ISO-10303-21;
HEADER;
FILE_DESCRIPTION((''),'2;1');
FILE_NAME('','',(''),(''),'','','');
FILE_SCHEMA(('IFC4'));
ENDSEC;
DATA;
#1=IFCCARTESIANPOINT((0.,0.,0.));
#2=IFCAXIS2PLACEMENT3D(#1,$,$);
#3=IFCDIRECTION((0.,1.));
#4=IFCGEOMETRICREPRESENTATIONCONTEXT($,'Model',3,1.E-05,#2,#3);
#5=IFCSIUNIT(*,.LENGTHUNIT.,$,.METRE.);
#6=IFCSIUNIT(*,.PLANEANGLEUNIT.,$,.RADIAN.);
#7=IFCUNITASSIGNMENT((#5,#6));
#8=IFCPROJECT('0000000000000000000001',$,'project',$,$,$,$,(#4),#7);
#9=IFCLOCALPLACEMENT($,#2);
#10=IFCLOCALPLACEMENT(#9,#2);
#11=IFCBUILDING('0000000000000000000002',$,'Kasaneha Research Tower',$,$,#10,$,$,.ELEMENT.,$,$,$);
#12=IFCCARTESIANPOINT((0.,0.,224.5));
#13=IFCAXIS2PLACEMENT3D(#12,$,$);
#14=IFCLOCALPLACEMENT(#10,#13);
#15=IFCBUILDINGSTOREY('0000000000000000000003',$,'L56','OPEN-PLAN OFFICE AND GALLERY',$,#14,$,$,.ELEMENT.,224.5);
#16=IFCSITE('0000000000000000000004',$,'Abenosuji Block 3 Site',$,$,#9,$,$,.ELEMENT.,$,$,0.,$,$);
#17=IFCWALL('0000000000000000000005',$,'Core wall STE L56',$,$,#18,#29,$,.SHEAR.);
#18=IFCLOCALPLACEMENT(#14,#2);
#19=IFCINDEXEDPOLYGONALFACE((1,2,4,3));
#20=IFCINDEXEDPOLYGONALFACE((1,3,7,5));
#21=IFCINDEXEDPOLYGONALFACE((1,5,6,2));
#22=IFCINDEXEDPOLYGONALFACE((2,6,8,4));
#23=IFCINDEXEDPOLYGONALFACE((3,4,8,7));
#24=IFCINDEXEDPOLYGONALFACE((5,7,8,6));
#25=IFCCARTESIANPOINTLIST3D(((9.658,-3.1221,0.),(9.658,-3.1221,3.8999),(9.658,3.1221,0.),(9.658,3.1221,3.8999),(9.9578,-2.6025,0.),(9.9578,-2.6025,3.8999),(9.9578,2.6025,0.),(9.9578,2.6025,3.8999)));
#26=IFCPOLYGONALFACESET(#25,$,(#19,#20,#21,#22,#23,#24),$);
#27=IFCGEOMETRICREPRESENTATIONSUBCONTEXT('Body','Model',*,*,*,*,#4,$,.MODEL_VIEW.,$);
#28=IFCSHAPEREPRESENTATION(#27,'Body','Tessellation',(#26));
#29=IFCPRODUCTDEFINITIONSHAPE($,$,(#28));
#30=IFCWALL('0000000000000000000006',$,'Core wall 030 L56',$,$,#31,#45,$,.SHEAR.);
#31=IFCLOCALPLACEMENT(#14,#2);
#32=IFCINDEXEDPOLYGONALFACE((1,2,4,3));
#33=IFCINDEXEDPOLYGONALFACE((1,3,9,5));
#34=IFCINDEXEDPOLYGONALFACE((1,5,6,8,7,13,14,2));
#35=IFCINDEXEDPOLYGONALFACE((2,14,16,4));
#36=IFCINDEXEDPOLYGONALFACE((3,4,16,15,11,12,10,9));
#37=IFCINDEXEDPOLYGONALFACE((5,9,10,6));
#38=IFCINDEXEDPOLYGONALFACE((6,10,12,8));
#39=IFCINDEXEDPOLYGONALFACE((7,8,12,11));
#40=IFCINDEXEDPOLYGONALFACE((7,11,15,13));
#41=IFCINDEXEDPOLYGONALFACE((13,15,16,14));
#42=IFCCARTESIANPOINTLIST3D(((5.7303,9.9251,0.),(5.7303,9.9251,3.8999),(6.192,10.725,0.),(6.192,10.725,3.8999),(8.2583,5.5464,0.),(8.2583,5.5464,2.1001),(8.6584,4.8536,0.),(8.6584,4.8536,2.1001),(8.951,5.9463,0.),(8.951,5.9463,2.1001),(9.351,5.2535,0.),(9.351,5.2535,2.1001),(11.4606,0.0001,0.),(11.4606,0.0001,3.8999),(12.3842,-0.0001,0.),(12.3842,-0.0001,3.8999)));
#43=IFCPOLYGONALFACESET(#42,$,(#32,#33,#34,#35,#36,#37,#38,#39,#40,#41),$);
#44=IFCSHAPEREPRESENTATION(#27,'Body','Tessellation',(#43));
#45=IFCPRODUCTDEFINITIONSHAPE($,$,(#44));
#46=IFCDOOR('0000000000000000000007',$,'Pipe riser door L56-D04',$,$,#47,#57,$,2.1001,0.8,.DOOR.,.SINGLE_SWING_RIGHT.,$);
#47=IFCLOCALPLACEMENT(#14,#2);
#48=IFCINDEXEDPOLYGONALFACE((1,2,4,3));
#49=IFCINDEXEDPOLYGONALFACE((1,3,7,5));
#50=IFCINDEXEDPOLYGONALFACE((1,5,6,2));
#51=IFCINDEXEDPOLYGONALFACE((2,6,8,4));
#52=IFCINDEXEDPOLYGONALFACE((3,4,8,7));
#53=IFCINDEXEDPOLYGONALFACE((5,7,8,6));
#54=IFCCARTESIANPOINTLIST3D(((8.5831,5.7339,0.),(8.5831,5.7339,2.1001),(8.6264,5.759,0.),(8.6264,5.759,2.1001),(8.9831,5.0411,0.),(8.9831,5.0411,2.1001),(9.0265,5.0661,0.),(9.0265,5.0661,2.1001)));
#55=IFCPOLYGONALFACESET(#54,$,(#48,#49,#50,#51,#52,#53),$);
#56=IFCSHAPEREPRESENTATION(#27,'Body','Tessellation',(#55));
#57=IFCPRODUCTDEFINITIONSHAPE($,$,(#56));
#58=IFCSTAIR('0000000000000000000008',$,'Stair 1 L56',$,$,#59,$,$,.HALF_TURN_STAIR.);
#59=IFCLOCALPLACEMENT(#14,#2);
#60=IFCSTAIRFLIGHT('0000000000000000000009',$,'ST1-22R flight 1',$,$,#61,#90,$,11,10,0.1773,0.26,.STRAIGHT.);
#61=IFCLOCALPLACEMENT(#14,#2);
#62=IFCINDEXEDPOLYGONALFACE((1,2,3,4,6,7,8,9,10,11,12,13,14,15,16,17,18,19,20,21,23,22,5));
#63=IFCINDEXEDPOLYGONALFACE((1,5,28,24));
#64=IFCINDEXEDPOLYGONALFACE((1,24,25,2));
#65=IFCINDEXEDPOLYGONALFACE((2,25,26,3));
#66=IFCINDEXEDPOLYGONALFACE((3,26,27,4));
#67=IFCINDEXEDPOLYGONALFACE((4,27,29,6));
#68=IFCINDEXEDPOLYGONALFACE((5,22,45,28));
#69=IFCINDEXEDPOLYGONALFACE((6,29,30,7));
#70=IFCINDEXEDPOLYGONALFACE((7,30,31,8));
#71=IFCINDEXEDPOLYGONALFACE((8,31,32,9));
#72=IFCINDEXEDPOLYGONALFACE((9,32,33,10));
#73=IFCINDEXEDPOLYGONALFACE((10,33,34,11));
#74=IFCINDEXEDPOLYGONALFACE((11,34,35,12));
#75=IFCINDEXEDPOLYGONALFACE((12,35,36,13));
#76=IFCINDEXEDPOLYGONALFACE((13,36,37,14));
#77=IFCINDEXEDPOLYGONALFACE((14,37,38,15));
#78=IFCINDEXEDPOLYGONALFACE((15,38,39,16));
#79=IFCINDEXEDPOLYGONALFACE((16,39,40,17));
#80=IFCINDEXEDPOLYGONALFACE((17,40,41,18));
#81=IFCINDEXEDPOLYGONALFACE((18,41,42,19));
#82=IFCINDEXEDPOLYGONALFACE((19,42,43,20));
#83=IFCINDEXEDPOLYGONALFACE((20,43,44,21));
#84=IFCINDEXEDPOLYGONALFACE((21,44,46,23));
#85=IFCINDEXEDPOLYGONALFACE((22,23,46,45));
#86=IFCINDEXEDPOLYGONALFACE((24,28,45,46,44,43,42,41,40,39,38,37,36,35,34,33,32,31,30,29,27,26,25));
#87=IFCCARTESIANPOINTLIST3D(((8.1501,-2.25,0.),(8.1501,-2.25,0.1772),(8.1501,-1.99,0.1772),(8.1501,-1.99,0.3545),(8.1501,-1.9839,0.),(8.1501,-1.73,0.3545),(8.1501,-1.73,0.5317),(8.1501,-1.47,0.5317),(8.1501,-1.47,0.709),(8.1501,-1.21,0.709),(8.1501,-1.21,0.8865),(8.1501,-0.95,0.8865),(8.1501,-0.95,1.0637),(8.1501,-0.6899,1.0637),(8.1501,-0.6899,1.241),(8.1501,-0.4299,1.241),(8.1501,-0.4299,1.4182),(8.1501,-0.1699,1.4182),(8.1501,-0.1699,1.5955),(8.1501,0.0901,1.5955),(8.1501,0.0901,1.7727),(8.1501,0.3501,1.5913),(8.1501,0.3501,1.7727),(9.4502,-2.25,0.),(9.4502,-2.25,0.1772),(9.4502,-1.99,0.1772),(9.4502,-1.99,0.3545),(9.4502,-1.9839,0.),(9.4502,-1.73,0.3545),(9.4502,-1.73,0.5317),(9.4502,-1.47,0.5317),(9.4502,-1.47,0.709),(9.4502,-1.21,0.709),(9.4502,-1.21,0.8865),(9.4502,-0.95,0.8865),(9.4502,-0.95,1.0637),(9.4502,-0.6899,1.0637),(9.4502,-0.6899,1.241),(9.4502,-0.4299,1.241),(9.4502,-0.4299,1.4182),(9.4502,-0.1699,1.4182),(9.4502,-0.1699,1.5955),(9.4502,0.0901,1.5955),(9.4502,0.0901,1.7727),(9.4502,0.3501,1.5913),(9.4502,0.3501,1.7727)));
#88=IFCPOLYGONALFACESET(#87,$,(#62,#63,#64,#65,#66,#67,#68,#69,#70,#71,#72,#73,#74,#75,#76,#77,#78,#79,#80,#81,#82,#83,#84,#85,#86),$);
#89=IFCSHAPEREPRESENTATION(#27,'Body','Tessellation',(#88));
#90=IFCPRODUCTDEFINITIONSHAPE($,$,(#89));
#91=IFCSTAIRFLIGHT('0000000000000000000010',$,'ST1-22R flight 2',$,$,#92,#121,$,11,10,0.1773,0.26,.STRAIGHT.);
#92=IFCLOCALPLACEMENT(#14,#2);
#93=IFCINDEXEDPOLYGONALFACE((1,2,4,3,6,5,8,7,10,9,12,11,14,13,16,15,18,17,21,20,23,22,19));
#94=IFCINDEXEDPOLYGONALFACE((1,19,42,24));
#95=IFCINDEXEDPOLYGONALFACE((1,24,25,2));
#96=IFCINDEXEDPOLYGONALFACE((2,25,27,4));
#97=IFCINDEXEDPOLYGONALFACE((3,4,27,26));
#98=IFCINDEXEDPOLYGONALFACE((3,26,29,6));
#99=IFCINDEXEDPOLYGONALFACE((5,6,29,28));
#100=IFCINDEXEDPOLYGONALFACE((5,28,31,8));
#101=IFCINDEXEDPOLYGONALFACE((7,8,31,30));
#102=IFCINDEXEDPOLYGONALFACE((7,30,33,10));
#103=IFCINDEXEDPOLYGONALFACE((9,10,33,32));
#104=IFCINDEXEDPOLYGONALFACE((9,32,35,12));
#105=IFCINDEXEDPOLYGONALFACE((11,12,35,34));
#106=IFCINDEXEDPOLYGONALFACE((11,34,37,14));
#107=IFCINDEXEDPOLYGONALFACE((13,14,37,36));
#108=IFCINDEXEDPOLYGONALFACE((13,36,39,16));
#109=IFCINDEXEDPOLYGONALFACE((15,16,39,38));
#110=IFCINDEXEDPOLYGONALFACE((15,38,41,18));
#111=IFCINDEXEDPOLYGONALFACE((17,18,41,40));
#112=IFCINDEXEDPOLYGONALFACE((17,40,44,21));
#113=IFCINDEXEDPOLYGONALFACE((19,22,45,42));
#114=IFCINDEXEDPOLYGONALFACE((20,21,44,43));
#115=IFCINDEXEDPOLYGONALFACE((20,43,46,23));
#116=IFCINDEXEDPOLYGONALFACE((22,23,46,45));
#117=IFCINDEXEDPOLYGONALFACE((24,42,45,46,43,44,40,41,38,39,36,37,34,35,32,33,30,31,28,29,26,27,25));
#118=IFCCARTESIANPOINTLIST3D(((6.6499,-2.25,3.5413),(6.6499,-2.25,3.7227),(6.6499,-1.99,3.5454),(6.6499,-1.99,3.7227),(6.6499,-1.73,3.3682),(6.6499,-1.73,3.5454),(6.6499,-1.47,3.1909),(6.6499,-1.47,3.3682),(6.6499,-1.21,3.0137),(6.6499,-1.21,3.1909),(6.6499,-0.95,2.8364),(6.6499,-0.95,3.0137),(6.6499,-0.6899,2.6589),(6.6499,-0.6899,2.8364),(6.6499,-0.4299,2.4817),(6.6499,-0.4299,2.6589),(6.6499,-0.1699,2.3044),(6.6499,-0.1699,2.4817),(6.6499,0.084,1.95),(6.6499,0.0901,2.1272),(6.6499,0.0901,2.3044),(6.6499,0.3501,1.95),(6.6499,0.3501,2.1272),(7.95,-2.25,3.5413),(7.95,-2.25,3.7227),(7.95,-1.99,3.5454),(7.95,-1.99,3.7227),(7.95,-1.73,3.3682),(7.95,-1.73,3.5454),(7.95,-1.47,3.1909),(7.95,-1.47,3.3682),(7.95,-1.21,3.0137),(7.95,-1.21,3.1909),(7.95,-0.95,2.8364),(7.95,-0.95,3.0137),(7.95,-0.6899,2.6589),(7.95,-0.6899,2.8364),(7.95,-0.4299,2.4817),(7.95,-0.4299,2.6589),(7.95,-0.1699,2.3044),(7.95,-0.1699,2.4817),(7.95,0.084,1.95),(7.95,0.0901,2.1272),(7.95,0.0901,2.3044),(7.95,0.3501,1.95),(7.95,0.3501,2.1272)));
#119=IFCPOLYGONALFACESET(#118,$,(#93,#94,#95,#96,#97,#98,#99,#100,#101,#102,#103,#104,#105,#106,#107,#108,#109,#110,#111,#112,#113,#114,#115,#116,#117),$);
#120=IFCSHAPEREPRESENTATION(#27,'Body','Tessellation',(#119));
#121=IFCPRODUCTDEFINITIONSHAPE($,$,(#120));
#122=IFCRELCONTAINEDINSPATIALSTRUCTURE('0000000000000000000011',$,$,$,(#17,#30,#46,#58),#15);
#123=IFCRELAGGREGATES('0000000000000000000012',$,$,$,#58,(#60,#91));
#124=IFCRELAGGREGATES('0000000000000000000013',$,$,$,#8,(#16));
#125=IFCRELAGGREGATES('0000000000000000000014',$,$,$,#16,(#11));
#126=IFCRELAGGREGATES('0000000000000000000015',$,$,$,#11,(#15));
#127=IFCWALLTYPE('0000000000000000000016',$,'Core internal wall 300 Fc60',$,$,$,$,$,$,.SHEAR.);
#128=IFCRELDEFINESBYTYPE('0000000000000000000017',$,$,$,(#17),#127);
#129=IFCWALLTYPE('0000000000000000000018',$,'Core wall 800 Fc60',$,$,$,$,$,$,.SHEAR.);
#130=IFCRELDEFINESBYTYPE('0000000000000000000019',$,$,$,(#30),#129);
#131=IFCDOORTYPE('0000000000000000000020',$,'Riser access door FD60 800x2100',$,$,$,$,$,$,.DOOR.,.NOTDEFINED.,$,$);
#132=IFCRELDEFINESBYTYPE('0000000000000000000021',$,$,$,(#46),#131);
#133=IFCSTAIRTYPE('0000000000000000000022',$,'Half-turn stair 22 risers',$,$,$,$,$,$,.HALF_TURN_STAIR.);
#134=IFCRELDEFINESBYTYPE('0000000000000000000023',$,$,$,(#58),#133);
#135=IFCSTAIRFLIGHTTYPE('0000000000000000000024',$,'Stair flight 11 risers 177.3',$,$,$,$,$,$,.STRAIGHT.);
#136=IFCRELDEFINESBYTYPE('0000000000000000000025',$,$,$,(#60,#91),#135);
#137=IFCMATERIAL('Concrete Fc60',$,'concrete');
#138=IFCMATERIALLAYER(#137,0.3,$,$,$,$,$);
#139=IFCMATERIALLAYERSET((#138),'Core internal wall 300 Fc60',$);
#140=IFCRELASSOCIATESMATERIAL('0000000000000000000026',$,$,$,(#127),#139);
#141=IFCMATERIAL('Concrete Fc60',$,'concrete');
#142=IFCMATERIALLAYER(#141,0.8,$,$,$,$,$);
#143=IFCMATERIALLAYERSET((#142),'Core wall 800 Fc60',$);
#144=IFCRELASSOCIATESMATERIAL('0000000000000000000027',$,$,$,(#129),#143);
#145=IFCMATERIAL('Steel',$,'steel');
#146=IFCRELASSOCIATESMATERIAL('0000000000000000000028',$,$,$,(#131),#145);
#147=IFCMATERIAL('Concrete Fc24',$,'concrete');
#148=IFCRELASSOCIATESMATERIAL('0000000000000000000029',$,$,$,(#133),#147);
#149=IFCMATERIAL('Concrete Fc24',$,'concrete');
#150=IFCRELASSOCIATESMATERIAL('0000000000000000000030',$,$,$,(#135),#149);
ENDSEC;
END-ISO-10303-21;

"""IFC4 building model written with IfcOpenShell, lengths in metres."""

from ifc_helpers import new_model, si_unit, direction, frame, frame_2d, origin, place, context, subcontext, project, spatial, polyline, rectangle, outline, extrude, material, layer, layer_set, type_object, element, fill, aggregate, save


model = new_model("IFC4")

# Units and contexts
model_context = context("Model", 3, precision=1e-05, world=origin(), true_north=direction((0.0, 1.0)))
body_context = subcontext(model_context, "Body", "Model", "MODEL_VIEW")
ifc_project = project(units=[si_unit("LENGTHUNIT", "METRE"), si_unit("PLANEANGLEUNIT", "RADIAN")], contexts=[model_context])

# Site, building, storey
site_placement = place(None, origin())
site = spatial("IfcSite", under=ifc_project, at=site_placement, Name="Abenosuji Block 3 Site", CompositionType="ELEMENT", RefElevation=0.0)
building_placement = place(site_placement, origin())
building = spatial("IfcBuilding", under=site, at=building_placement, Name="Kasaneha Research Tower", CompositionType="ELEMENT")
storey_placement = place(building_placement, frame((0.0, 0.0, 224.5)))
storey = spatial("IfcBuildingStorey", under=building, at=storey_placement, Name="L56", Description="OPEN-PLAN OFFICE AND GALLERY", CompositionType="ELEMENT", Elevation=224.5)

# Shared definitions
ifc_material_1 = material(Name="Concrete Fc60", Category="concrete")
ifc_layer_1 = layer(ifc_material_1, 0.3)
ifc_layer_set_1 = layer_set([ifc_layer_1], Name="Core internal wall 300 Fc60")
wall_type_1 = type_object("IfcWallType", Name="Core internal wall 300 Fc60", PredefinedType="SHEAR", material=ifc_layer_set_1)

# Wall
wall_1_placement = place(storey_placement, frame((9.8079, -2.8623, 0.0), z_axis=(0.0, 0.0, 1.0), x_axis=(0.0, 1.0, 0.0)))
element("IfcWall", 1, at=wall_1_placement, inside=storey, type_object=wall_type_1, Name="Core wall STE L56", PredefinedType="SHEAR", context=body_context, shape_type="SweptSolid", body=[
    extrude(outline(polyline([(0.2598, -0.1499), (5.4648, -0.1499), (5.9844, 0.1499), (-0.2598, 0.1499), (0.2598, -0.1499)])), origin(), (0.0, 0.0, 1.0), 3.8999),
])

# Wall, opening, door
ifc_material_2 = material(Name="Concrete Fc60", Category="concrete")
ifc_layer_2 = layer(ifc_material_2, 0.8)
ifc_layer_set_2 = layer_set([ifc_layer_2], Name="Core wall 800 Fc60")
wall_type_2 = type_object("IfcWallType", Name="Core wall 800 Fc60", PredefinedType="SHEAR", material=ifc_layer_set_2)
wall_2_placement = place(storey_placement, frame((11.9224, 0.0, 0.0), z_axis=(0.0, 0.0, 1.0), x_axis=(-0.500004, 0.866023, 0.0)))
wall_2 = element("IfcWall", 2, at=wall_2_placement, inside=storey, type_object=wall_type_2, Name="Core wall 030 L56", PredefinedType="SHEAR", context=body_context, shape_type="SweptSolid", body=[
    extrude(outline(polyline([(-0.231, -0.3999), (5.8354, -0.3999), (6.6355, -0.3999), (12.1533, -0.3999), (11.6914, 0.3999), (6.6355, 0.3999), (5.8354, 0.3999), (0.231, 0.3999), (-0.231, -0.3999)])), origin(), (0.0, 0.0, 1.0), 3.8999),
])
opening_1_placement = place(wall_2_placement, frame((5.8354, 0.0, 0.0)))
opening_1 = element("IfcOpeningElement", 3, at=opening_1_placement, cuts=wall_2, PredefinedType="OPENING", context=body_context, shape_type="SweptSolid", body=[
    extrude(rectangle(XDim=0.8, YDim=2.1001, at=frame_2d((0.3999, 1.05))), frame((0.0, 0.4102, 0.0), z_axis=(0.0, -1.0, 0.0), x_axis=(1.0, 0.0, 0.0)), (0.0, 0.0, 1.0), 0.8201),
])
ifc_material_3 = material(Name="Steel", Category="steel")
door_type_1 = type_object("IfcDoorType", Name="Riser access door FD60 800x2100", OperationType="NOTDEFINED", PredefinedType="DOOR", material=ifc_material_3)
door_1_placement = place(opening_1_placement, origin())
door_1 = element("IfcDoor", 4, at=door_1_placement, inside=storey, type_object=door_type_1, Name="Pipe riser door L56-D04", OperationType="SINGLE_SWING_RIGHT", OverallHeight=2.1001, OverallWidth=0.8, PredefinedType="DOOR", context=body_context, shape_type="SweptSolid", body=[
    extrude(rectangle(XDim=0.8, YDim=2.1001, at=frame_2d((0.3999, 1.05))), frame((0.0, 0.0249, 0.0), z_axis=(0.0, -1.0, 0.0), x_axis=(1.0, 0.0, 0.0)), (0.0, 0.0, 1.0), 0.05),
])
fill(opening_1, door_1)

# Stair, stair flights
ifc_material_4 = material(Name="Concrete Fc24", Category="concrete")
stair_type = type_object("IfcStairType", Name="Half-turn stair 22 risers", PredefinedType="HALF_TURN_STAIR", material=ifc_material_4)
stair_placement = place(storey_placement, origin())
stair = element("IfcStair", 5, at=stair_placement, inside=storey, type_object=stair_type, Name="Stair 1 L56", PredefinedType="HALF_TURN_STAIR")
ifc_material_5 = material(Name="Concrete Fc24", Category="concrete")
stair_flight_type = type_object("IfcStairFlightType", Name="Stair flight 11 risers 177.3", PredefinedType="STRAIGHT", material=ifc_material_5)
stair_flight_1_placement = place(storey_placement, frame((8.8, -2.25, 0.0), z_axis=(0.0, 0.0, 1.0), x_axis=(0.0, 1.0, 0.0)))
stair_flight_1 = element("IfcStairFlight", 6, at=stair_flight_1_placement, type_object=stair_flight_type, Name="ST1-22R flight 1", NumberOfRisers=11, NumberOfTreads=10, PredefinedType="STRAIGHT", RiserHeight=0.1773, TreadLength=0.26, context=body_context, shape_type="SweptSolid", body=[
    extrude(outline(polyline([(0.0, 0.0), (0.0, 0.1772), (0.26, 0.1772), (0.26, 0.3545), (0.52, 0.3545), (0.52, 0.5317), (0.78, 0.5317), (0.78, 0.709), (1.04, 0.709), (1.04, 0.8865), (1.3, 0.8865), (1.3, 1.0637), (1.5601, 1.0637), (1.5601, 1.241), (1.8201, 1.241), (1.8201, 1.4182), (2.0801, 1.4182), (2.0801, 1.5955), (2.3401, 1.5955), (2.3401, 1.7727), (2.6001, 1.7727), (2.6001, 1.95), (2.6001, 1.5913), (0.2661, 0.0), (0.0, 0.0)])), frame((0.0, 0.6499, 0.0), z_axis=(0.0, -1.0, 0.0), x_axis=(1.0, 0.0, 0.0)), (0.0, 0.0, 1.0), 1.3),
])
stair_flight_2_placement = place(storey_placement, frame((7.3, 0.3501, 1.95), z_axis=(0.0, 0.0, 1.0), x_axis=(0.0, -1.0, 0.0)))
stair_flight_2 = element("IfcStairFlight", 7, at=stair_flight_2_placement, type_object=stair_flight_type, Name="ST1-22R flight 2", NumberOfRisers=11, NumberOfTreads=10, PredefinedType="STRAIGHT", RiserHeight=0.1773, TreadLength=0.26, context=body_context, shape_type="SweptSolid", body=[
    extrude(outline(polyline([(0.0, 0.0), (0.0, 0.1772), (0.26, 0.1772), (0.26, 0.3545), (0.52, 0.3545), (0.52, 0.5317), (0.78, 0.5317), (0.78, 0.709), (1.04, 0.709), (1.04, 0.8865), (1.3, 0.8865), (1.3, 1.0637), (1.5601, 1.0637), (1.5601, 1.241), (1.8201, 1.241), (1.8201, 1.4182), (2.0801, 1.4182), (2.0801, 1.5955), (2.3401, 1.5955), (2.3401, 1.7727), (2.6001, 1.7727), (2.6001, 1.95), (2.6001, 1.5913), (0.2661, 0.0), (0.0, 0.0)])), frame((0.0, 0.6499, 0.0), z_axis=(0.0, -1.0, 0.0), x_axis=(1.0, 0.0, 0.0)), (0.0, 0.0, 1.0), 1.3),
])
aggregate(stair, [stair_flight_1, stair_flight_2])

save(model, "model.ifc")
